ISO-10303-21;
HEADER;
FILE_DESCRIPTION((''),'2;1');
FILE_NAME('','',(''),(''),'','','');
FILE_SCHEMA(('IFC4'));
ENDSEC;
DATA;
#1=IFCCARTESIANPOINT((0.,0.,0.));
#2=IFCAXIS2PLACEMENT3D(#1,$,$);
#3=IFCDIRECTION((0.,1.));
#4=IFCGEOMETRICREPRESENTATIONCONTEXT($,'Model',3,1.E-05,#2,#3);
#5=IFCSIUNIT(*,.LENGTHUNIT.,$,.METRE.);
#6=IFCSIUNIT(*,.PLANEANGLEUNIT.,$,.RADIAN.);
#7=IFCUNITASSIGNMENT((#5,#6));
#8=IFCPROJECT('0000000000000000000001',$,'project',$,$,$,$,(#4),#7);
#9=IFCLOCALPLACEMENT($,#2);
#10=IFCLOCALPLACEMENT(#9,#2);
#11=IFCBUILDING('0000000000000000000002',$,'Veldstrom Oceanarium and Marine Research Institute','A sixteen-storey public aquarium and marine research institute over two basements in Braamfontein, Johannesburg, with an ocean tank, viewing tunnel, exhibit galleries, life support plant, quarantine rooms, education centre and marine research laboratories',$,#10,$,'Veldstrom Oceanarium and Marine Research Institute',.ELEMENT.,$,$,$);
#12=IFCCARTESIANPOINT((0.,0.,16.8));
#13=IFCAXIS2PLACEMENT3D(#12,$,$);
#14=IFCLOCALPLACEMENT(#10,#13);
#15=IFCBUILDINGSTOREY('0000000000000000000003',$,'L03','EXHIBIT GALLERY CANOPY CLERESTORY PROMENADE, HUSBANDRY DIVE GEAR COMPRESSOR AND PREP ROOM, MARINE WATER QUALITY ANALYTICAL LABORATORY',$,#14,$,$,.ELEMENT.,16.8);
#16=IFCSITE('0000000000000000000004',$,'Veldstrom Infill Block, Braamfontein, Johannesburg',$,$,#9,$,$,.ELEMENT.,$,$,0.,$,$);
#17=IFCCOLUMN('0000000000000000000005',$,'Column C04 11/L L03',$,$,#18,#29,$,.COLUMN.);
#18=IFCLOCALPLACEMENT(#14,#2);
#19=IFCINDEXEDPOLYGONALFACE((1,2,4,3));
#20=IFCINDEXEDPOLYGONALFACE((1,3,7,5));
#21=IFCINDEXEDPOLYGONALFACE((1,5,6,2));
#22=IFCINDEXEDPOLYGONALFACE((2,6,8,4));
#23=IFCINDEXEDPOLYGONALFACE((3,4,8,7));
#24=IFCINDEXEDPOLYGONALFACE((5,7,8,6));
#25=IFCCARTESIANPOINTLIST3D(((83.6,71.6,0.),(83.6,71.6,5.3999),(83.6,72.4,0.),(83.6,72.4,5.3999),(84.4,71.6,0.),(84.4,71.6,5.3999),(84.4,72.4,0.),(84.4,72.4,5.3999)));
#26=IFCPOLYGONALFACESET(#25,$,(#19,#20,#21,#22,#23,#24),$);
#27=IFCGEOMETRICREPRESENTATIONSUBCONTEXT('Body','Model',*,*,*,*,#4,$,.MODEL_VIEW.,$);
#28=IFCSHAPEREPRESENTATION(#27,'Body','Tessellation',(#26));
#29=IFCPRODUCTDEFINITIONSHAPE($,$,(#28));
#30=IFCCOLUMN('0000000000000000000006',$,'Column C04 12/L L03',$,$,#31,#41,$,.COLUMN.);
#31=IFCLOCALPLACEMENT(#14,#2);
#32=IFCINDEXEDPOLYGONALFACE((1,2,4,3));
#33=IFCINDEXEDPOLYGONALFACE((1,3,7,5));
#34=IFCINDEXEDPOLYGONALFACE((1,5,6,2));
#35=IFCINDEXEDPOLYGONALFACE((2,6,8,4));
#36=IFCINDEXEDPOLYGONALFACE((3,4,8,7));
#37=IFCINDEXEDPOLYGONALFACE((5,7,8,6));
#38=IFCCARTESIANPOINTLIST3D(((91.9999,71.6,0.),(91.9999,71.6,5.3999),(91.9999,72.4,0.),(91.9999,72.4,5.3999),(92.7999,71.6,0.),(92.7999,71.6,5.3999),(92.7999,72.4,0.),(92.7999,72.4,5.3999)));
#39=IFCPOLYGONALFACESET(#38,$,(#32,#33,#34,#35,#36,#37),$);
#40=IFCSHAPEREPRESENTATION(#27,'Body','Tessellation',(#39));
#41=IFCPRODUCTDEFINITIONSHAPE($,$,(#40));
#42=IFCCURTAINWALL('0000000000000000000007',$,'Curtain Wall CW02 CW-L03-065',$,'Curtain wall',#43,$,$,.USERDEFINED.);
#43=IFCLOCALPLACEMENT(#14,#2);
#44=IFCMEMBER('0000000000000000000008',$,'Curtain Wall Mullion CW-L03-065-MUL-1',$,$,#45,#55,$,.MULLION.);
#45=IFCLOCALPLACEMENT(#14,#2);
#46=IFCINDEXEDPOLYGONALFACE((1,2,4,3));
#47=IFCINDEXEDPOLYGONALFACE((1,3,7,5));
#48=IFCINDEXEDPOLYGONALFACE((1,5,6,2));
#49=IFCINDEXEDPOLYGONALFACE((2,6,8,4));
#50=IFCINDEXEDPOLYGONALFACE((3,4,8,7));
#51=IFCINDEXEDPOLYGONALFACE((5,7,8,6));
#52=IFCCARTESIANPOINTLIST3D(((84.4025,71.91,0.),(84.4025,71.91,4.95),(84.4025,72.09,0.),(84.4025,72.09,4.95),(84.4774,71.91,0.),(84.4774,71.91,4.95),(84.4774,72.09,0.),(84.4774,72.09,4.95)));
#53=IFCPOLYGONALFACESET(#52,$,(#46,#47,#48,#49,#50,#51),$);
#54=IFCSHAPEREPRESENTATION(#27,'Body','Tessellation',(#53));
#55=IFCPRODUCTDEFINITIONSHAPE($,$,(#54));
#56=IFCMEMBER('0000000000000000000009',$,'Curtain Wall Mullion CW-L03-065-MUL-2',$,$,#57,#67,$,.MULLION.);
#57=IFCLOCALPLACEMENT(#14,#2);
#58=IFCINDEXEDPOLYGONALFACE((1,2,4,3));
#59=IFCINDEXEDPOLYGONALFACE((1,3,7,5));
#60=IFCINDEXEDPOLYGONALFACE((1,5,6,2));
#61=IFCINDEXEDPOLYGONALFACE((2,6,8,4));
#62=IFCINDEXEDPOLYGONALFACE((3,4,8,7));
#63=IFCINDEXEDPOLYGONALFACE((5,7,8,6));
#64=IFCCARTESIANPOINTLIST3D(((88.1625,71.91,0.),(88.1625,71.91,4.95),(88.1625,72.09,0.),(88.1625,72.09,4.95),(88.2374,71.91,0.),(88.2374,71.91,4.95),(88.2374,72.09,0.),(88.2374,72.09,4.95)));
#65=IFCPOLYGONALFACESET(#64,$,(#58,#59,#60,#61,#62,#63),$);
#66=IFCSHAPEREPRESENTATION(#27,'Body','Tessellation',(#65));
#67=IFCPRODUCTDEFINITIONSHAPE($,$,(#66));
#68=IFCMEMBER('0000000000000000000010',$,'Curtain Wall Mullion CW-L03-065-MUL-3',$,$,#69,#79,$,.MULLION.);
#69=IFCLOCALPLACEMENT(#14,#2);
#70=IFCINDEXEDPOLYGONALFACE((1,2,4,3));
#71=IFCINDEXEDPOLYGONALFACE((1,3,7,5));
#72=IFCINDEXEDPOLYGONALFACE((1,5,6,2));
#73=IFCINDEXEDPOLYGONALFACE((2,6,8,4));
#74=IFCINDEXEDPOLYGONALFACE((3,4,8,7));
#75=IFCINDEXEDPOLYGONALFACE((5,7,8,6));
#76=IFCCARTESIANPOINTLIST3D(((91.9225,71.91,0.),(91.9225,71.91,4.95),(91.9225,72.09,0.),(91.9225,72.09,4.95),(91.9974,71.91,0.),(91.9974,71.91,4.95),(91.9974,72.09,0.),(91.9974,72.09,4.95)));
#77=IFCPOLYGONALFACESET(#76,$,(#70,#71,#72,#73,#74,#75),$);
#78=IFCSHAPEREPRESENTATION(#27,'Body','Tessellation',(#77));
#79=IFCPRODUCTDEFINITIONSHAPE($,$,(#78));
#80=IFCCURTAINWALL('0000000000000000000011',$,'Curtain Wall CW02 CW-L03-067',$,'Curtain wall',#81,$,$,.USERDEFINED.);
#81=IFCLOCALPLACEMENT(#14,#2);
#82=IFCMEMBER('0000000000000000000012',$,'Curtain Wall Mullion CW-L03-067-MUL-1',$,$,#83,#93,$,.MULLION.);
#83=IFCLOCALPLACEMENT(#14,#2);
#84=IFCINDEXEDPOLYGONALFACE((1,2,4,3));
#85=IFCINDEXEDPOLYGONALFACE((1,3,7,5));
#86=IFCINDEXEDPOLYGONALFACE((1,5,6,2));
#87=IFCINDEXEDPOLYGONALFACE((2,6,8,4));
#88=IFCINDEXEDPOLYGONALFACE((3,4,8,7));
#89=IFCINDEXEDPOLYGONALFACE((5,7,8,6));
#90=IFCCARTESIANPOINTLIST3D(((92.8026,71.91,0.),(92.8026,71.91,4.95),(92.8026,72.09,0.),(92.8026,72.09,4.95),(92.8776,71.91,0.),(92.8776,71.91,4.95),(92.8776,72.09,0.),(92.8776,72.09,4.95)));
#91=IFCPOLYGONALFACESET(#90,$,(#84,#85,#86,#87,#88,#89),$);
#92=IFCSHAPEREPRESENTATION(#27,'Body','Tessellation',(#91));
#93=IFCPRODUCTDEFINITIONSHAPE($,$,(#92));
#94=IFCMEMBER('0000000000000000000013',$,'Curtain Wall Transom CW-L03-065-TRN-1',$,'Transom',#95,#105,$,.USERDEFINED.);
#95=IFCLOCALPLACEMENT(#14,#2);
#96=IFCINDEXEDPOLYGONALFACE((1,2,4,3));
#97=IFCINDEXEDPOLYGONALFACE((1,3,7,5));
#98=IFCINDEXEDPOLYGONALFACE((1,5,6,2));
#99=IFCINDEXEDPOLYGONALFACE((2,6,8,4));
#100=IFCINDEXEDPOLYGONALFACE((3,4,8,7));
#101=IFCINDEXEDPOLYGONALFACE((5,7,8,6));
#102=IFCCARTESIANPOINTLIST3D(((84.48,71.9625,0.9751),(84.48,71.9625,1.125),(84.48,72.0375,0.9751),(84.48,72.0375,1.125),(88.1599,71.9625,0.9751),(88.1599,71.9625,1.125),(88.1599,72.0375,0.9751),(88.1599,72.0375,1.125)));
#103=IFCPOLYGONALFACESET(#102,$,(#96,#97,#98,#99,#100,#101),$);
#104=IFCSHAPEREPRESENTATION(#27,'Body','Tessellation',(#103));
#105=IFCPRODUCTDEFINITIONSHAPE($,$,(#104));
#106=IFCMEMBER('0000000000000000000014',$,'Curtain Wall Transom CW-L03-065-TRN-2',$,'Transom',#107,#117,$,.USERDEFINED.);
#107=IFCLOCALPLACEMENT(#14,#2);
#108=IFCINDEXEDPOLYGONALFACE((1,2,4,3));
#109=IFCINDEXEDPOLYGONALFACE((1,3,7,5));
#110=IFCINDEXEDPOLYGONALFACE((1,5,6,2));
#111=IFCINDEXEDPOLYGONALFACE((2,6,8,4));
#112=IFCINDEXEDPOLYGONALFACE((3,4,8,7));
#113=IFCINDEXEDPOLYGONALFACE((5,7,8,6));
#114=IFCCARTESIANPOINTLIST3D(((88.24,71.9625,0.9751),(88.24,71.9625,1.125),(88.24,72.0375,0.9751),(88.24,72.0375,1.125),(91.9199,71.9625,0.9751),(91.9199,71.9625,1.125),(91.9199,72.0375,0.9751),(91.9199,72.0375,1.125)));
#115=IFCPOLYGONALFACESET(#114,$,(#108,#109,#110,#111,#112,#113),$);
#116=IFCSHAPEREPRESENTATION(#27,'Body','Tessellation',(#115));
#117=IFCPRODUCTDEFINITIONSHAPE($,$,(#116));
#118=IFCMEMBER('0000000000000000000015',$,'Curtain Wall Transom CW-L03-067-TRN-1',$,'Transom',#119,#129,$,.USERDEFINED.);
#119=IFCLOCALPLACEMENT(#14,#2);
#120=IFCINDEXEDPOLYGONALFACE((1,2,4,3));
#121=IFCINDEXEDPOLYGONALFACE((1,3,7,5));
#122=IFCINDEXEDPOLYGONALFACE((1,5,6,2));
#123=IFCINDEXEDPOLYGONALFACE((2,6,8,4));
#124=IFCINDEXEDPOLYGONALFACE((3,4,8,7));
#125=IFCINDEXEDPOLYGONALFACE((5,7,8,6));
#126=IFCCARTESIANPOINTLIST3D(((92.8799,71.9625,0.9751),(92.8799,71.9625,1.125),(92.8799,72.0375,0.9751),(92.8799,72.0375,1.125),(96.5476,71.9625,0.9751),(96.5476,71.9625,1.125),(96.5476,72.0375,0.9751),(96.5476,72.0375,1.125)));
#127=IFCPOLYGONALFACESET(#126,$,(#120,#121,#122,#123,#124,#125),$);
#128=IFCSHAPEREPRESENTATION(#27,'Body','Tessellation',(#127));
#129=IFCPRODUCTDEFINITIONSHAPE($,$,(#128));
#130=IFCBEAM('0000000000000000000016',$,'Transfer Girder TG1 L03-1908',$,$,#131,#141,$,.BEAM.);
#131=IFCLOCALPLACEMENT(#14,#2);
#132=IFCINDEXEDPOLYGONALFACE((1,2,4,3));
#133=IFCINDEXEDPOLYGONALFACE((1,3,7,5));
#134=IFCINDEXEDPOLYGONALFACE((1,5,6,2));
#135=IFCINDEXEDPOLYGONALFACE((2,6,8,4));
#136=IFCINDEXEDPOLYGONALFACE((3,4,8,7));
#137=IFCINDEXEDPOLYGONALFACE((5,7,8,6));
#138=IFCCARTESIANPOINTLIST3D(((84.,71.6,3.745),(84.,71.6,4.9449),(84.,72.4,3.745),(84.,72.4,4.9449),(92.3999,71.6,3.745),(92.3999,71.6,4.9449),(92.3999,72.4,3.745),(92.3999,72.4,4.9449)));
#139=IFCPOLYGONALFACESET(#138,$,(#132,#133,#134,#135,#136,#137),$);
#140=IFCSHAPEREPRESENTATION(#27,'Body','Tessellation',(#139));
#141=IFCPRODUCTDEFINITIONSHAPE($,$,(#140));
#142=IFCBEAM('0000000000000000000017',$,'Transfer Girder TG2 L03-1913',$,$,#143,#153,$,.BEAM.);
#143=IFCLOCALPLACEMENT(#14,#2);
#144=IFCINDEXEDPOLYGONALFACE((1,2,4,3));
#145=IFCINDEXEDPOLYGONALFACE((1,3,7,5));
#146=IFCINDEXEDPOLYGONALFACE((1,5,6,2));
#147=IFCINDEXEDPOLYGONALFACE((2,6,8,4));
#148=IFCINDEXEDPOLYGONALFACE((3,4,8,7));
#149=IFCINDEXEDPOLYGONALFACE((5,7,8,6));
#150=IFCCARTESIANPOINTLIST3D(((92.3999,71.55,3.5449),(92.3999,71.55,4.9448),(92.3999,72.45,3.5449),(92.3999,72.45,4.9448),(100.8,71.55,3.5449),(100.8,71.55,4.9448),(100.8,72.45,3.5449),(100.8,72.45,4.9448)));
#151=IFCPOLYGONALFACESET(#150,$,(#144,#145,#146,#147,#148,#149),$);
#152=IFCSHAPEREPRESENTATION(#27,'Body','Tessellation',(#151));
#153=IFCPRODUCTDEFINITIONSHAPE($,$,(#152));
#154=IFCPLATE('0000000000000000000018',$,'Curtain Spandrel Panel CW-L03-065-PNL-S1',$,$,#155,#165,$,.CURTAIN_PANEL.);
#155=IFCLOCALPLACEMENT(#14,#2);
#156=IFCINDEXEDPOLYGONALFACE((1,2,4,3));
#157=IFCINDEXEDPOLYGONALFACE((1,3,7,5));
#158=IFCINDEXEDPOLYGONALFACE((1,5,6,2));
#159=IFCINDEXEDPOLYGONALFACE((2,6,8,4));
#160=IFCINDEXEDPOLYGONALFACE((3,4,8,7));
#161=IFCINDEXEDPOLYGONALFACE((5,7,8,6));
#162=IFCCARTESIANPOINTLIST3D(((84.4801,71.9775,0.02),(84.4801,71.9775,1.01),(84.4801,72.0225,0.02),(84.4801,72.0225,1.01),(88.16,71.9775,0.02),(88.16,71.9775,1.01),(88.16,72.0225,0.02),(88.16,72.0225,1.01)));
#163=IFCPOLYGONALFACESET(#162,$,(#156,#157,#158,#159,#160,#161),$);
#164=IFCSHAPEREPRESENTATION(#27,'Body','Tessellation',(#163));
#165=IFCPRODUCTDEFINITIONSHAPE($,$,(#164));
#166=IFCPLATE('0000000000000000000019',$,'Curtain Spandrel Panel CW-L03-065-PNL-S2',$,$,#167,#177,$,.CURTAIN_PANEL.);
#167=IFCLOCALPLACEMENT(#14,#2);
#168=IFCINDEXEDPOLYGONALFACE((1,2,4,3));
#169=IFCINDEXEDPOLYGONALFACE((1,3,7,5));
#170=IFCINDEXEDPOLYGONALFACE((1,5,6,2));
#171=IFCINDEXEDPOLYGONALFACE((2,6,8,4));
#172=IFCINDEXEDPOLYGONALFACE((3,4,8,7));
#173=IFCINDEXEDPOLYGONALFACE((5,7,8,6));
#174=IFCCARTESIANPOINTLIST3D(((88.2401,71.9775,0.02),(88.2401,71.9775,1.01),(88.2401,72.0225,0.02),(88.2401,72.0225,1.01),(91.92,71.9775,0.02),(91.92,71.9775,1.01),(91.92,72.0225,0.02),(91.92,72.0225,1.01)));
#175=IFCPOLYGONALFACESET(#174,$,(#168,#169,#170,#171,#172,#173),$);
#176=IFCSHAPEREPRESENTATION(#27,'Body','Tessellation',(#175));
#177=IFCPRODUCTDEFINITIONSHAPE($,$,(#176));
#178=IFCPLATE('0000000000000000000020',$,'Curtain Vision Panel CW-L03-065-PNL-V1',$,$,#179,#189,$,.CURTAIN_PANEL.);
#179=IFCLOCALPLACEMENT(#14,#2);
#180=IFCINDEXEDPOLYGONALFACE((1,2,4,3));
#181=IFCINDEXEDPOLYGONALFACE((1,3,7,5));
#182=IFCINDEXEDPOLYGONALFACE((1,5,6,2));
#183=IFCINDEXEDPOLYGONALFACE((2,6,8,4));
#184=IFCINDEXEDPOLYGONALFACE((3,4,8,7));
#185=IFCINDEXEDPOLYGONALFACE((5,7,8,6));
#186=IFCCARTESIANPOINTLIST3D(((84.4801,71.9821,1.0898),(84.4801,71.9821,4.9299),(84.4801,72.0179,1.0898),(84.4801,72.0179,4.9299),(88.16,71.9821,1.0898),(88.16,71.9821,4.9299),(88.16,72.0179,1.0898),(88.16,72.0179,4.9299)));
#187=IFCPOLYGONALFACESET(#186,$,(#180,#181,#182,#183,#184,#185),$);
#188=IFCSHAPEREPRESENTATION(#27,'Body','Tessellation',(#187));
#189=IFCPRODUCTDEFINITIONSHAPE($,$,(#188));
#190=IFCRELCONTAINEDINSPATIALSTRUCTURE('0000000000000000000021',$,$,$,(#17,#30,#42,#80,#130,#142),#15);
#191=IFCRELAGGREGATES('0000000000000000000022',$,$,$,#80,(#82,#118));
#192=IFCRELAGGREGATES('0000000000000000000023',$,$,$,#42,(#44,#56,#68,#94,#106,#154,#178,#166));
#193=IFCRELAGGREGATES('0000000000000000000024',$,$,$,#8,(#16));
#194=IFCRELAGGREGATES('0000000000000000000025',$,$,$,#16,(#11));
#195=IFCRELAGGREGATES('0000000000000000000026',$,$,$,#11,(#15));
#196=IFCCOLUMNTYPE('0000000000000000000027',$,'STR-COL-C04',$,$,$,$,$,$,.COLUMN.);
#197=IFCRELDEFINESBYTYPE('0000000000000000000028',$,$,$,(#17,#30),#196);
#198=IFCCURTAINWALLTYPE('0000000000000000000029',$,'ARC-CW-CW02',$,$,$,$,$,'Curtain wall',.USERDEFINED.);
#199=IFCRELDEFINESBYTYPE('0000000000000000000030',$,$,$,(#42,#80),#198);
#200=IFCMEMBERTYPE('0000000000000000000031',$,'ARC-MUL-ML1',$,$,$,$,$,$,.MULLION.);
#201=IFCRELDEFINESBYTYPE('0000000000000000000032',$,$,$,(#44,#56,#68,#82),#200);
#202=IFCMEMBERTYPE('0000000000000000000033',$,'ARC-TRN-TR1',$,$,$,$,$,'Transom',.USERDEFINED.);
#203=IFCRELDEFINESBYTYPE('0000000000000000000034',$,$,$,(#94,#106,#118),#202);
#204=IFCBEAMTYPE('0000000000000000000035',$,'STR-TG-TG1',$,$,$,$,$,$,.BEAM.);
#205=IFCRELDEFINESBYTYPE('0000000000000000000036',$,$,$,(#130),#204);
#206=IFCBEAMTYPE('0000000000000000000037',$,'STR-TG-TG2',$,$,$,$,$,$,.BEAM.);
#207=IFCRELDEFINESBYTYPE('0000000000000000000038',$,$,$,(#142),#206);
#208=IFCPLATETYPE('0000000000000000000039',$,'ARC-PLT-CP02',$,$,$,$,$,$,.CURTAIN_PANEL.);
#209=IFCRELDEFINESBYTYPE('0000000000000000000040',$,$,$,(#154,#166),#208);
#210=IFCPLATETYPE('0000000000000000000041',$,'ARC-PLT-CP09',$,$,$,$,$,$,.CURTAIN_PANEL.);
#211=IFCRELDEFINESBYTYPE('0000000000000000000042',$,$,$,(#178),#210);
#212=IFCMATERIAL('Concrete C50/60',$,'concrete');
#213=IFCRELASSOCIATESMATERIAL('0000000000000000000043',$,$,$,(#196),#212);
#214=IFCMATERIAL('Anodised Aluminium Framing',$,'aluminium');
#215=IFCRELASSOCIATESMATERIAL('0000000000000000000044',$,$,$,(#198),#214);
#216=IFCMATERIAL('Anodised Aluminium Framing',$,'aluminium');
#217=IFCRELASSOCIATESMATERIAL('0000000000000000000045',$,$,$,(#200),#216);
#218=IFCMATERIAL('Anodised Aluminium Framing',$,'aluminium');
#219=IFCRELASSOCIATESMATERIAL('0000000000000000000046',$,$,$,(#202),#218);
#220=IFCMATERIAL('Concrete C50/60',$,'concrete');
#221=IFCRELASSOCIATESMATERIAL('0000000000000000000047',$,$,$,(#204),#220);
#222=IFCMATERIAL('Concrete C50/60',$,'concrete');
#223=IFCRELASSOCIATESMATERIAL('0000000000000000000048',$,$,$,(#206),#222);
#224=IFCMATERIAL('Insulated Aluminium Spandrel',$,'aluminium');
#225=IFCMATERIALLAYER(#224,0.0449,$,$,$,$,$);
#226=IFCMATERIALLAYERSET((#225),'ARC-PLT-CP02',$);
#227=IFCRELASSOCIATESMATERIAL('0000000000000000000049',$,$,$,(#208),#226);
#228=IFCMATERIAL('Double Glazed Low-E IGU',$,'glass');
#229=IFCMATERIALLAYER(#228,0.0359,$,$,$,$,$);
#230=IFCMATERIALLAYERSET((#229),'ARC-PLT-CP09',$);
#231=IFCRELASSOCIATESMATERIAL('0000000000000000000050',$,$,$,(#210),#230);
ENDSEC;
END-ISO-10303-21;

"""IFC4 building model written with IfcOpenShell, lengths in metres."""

from ifc_helpers import new_model, si_unit, direction, frame, origin, origin_2d, place, context, subcontext, project, spatial, rectangle, extrude, material, layer, layer_set, material_profile, profile_set, type_object, element, aggregate, save


model = new_model("IFC4")

# Units and contexts
model_context = context("Model", 3, precision=1e-05, world=origin(), true_north=direction((0.0, 1.0)))
body_context = subcontext(model_context, "Body", "Model", "MODEL_VIEW")
ifc_project = project(units=[si_unit("LENGTHUNIT", "METRE"), si_unit("PLANEANGLEUNIT", "RADIAN")], contexts=[model_context])

# Site, building, storey
site_placement = place(None, origin())
site = spatial("IfcSite", under=ifc_project, at=site_placement, Name="Veldstrom Infill Block, Braamfontein, Johannesburg", CompositionType="ELEMENT", RefElevation=0.0)
building_placement = place(site_placement, origin())
building = spatial("IfcBuilding", under=site, at=building_placement, Name="Veldstrom Oceanarium and Marine Research Institute", Description="A sixteen-storey public aquarium and marine research institute over two basements in Braamfontein, Johannesburg, with an ocean tank, viewing tunnel, exhibit galleries, life support plant, quarantine rooms, education centre and marine research laboratories", LongName="Veldstrom Oceanarium and Marine Research Institute", CompositionType="ELEMENT")
storey_placement = place(building_placement, frame((0.0, 0.0, 16.8)))
storey = spatial("IfcBuildingStorey", under=building, at=storey_placement, Name="L03", Description="EXHIBIT GALLERY CANOPY CLERESTORY PROMENADE, HUSBANDRY DIVE GEAR COMPRESSOR AND PREP ROOM, MARINE WATER QUALITY ANALYTICAL LABORATORY", CompositionType="ELEMENT", Elevation=16.8)

# Columns
ifc_material_1 = material(Name="Concrete C50/60", Category="concrete")
ifc_material_profile_1 = material_profile(ifc_material_1, rectangle(XDim=0.8, YDim=0.8, at=origin_2d()), Name="RC-COL-800x800")
ifc_profile_set_1 = profile_set([ifc_material_profile_1], Name="Concrete C50/60")
column_type = type_object("IfcColumnType", Name="STR-COL-C04", PredefinedType="COLUMN", material=ifc_profile_set_1)
for number, where, z_axis, x_axis, name in (
    (1, (84.0, 72.0, 0.0), (0.0, 0.0, 1.0), (1.0, 0.0, 0.0), "Column C04 11/L L03"),
    (2, (92.3999, 72.0, 0.0), (0.0, 0.0, 1.0), (1.0, 0.0, 0.0), "Column C04 12/L L03"),
):
    element("IfcColumn", number, at=place(storey_placement, frame(where, z_axis=z_axis, x_axis=x_axis)), inside=storey, type_object=column_type, Name=name, PredefinedType="COLUMN", context=body_context, shape_type="SweptSolid", body=[
        extrude(rectangle(XDim=0.8, YDim=0.8, at=origin_2d()), origin(), (0.0, 0.0, 1.0), 5.3999),
    ])

# Curtain wall, members
ifc_material_2 = material(Name="Anodised Aluminium Framing", Category="aluminium")
curtain_wall_type = type_object("IfcCurtainWallType", Name="ARC-CW-CW02", ElementType="Curtain wall", PredefinedType="USERDEFINED", material=ifc_material_2)
curtain_wall_1_placement = place(storey_placement, origin())
curtain_wall_1 = element("IfcCurtainWall", 3, at=curtain_wall_1_placement, inside=storey, type_object=curtain_wall_type, Name="Curtain Wall CW02 CW-L03-065", ObjectType="Curtain wall", PredefinedType="USERDEFINED")
ifc_material_3 = material(Name="Anodised Aluminium Framing", Category="aluminium")
ifc_material_profile_2 = material_profile(ifc_material_3, rectangle(XDim=0.075, YDim=0.1799, at=origin_2d()), Name="ALU-MUL-75x180")
ifc_profile_set_2 = profile_set([ifc_material_profile_2], Name="Anodised Aluminium Framing")
member_type_1 = type_object("IfcMemberType", Name="ARC-MUL-ML1", PredefinedType="MULLION", material=ifc_profile_set_2)
member_1_placement = place(storey_placement, frame((84.4399, 72.0, 0.0), z_axis=(0.0, 0.0, 1.0), x_axis=(1.0, 0.0, 0.0)))
member_1 = element("IfcMember", 4, at=member_1_placement, type_object=member_type_1, Name="Curtain Wall Mullion CW-L03-065-MUL-1", PredefinedType="MULLION", context=body_context, shape_type="SweptSolid", body=[
    extrude(rectangle(XDim=0.075, YDim=0.1799, at=origin_2d()), origin(), (0.0, 0.0, 1.0), 4.95),
])
member_2_placement = place(storey_placement, frame((88.2, 72.0, 0.0), z_axis=(0.0, 0.0, 1.0), x_axis=(1.0, 0.0, 0.0)))
member_2 = element("IfcMember", 5, at=member_2_placement, type_object=member_type_1, Name="Curtain Wall Mullion CW-L03-065-MUL-2", PredefinedType="MULLION", context=body_context, shape_type="SweptSolid", body=[
    extrude(rectangle(XDim=0.075, YDim=0.1799, at=origin_2d()), origin(), (0.0, 0.0, 1.0), 4.95),
])
member_3_placement = place(storey_placement, frame((91.96, 72.0, 0.0), z_axis=(0.0, 0.0, 1.0), x_axis=(1.0, 0.0, 0.0)))
member_3 = element("IfcMember", 6, at=member_3_placement, type_object=member_type_1, Name="Curtain Wall Mullion CW-L03-065-MUL-3", PredefinedType="MULLION", context=body_context, shape_type="SweptSolid", body=[
    extrude(rectangle(XDim=0.075, YDim=0.1799, at=origin_2d()), origin(), (0.0, 0.0, 1.0), 4.95),
])

# Curtain wall, member
curtain_wall_2_placement = place(storey_placement, origin())
curtain_wall_2 = element("IfcCurtainWall", 7, at=curtain_wall_2_placement, inside=storey, type_object=curtain_wall_type, Name="Curtain Wall CW02 CW-L03-067", ObjectType="Curtain wall", PredefinedType="USERDEFINED")
member_4_placement = place(storey_placement, frame((92.8401, 72.0, 0.0), z_axis=(0.0, 0.0, 1.0), x_axis=(1.0, 0.0, 0.0)))
member_4 = element("IfcMember", 8, at=member_4_placement, type_object=member_type_1, Name="Curtain Wall Mullion CW-L03-067-MUL-1", PredefinedType="MULLION", context=body_context, shape_type="SweptSolid", body=[
    extrude(rectangle(XDim=0.075, YDim=0.1799, at=origin_2d()), origin(), (0.0, 0.0, 1.0), 4.95),
])

# Members
ifc_material_4 = material(Name="Anodised Aluminium Framing", Category="aluminium")
ifc_material_profile_3 = material_profile(ifc_material_4, rectangle(XDim=0.075, YDim=0.1499, at=origin_2d()), Name="ALU-TRN-75x150")
ifc_profile_set_3 = profile_set([ifc_material_profile_3], Name="Anodised Aluminium Framing")
member_type_2 = type_object("IfcMemberType", Name="ARC-TRN-TR1", ElementType="Transom", PredefinedType="USERDEFINED", material=ifc_profile_set_3)
member_5_placement = place(storey_placement, frame((84.48, 72.0, 1.05), z_axis=(1.0, 0.0, 0.0), x_axis=(0.0, 1.0, 0.0)))
member_5 = element("IfcMember", 9, at=member_5_placement, type_object=member_type_2, Name="Curtain Wall Transom CW-L03-065-TRN-1", ObjectType="Transom", PredefinedType="USERDEFINED", context=body_context, shape_type="SweptSolid", body=[
    extrude(rectangle(XDim=0.075, YDim=0.1499, at=origin_2d()), origin(), (0.0, 0.0, 1.0), 3.6799),
])
member_6_placement = place(storey_placement, frame((88.24, 72.0, 1.05), z_axis=(1.0, 0.0, 0.0), x_axis=(0.0, 1.0, 0.0)))
member_6 = element("IfcMember", 10, at=member_6_placement, type_object=member_type_2, Name="Curtain Wall Transom CW-L03-065-TRN-2", ObjectType="Transom", PredefinedType="USERDEFINED", context=body_context, shape_type="SweptSolid", body=[
    extrude(rectangle(XDim=0.075, YDim=0.1499, at=origin_2d()), origin(), (0.0, 0.0, 1.0), 3.6799),
])
member_7_placement = place(storey_placement, frame((92.8799, 72.0, 1.05), z_axis=(1.0, 0.0, 0.0), x_axis=(0.0, 1.0, 0.0)))
member_7 = element("IfcMember", 11, at=member_7_placement, type_object=member_type_2, Name="Curtain Wall Transom CW-L03-067-TRN-1", ObjectType="Transom", PredefinedType="USERDEFINED", context=body_context, shape_type="SweptSolid", body=[
    extrude(rectangle(XDim=0.075, YDim=0.1499, at=origin_2d()), origin(), (0.0, 0.0, 1.0), 3.6677),
])
aggregate(curtain_wall_2, [member_4, member_7])

# Beams
ifc_material_5 = material(Name="Concrete C50/60", Category="concrete")
ifc_material_profile_4 = material_profile(ifc_material_5, rectangle(XDim=0.8, YDim=1.2, at=origin_2d()), Name="RC-TG-800x1200")
ifc_profile_set_4 = profile_set([ifc_material_profile_4], Name="Concrete C50/60")
beam_type_1 = type_object("IfcBeamType", Name="STR-TG-TG1", PredefinedType="BEAM", material=ifc_profile_set_4)
beam_1_placement = place(storey_placement, frame((84.0, 72.0, 4.345), z_axis=(1.0, 0.0, 0.0), x_axis=(0.0, 1.0, 0.0)))
element("IfcBeam", 12, at=beam_1_placement, inside=storey, type_object=beam_type_1, Name="Transfer Girder TG1 L03-1908", PredefinedType="BEAM", context=body_context, shape_type="SweptSolid", body=[
    extrude(rectangle(XDim=0.8, YDim=1.2, at=origin_2d()), origin(), (0.0, 0.0, 1.0), 8.3999),
])
ifc_material_6 = material(Name="Concrete C50/60", Category="concrete")
ifc_material_profile_5 = material_profile(ifc_material_6, rectangle(XDim=0.8999, YDim=1.3999, at=origin_2d()), Name="RC-TG-900x1400")
ifc_profile_set_5 = profile_set([ifc_material_profile_5], Name="Concrete C50/60")
beam_type_2 = type_object("IfcBeamType", Name="STR-TG-TG2", PredefinedType="BEAM", material=ifc_profile_set_5)
beam_2_placement = place(storey_placement, frame((92.3999, 72.0, 4.2449), z_axis=(1.0, 0.0, 0.0), x_axis=(0.0, 1.0, 0.0)))
element("IfcBeam", 13, at=beam_2_placement, inside=storey, type_object=beam_type_2, Name="Transfer Girder TG2 L03-1913", PredefinedType="BEAM", context=body_context, shape_type="SweptSolid", body=[
    extrude(rectangle(XDim=0.8999, YDim=1.3999, at=origin_2d()), origin(), (0.0, 0.0, 1.0), 8.4001),
])

# Plates
ifc_material_7 = material(Name="Insulated Aluminium Spandrel", Category="aluminium")
ifc_layer_1 = layer(ifc_material_7, 0.0449)
ifc_layer_set_1 = layer_set([ifc_layer_1], Name="ARC-PLT-CP02")
plate_type_1 = type_object("IfcPlateType", Name="ARC-PLT-CP02", PredefinedType="CURTAIN_PANEL", material=ifc_layer_set_1)
plate_1_placement = place(storey_placement, frame((86.3201, 72.0, 0.02), z_axis=(0.0, 0.0, 1.0), x_axis=(1.0, 0.0, 0.0)))
plate_1 = element("IfcPlate", 14, at=plate_1_placement, type_object=plate_type_1, Name="Curtain Spandrel Panel CW-L03-065-PNL-S1", PredefinedType="CURTAIN_PANEL", context=body_context, shape_type="SweptSolid", body=[
    extrude(rectangle(XDim=3.6799, YDim=0.0449, at=origin_2d()), origin(), (0.0, 0.0, 1.0), 0.99),
])
plate_2_placement = place(storey_placement, frame((90.0801, 72.0, 0.02), z_axis=(0.0, 0.0, 1.0), x_axis=(1.0, 0.0, 0.0)))
plate_2 = element("IfcPlate", 15, at=plate_2_placement, type_object=plate_type_1, Name="Curtain Spandrel Panel CW-L03-065-PNL-S2", PredefinedType="CURTAIN_PANEL", context=body_context, shape_type="SweptSolid", body=[
    extrude(rectangle(XDim=3.6799, YDim=0.0449, at=origin_2d()), origin(), (0.0, 0.0, 1.0), 0.99),
])
ifc_material_8 = material(Name="Double Glazed Low-E IGU", Category="glass")
ifc_layer_2 = layer(ifc_material_8, 0.0359)
ifc_layer_set_2 = layer_set([ifc_layer_2], Name="ARC-PLT-CP09")
plate_type_2 = type_object("IfcPlateType", Name="ARC-PLT-CP09", PredefinedType="CURTAIN_PANEL", material=ifc_layer_set_2)
plate_3_placement = place(storey_placement, frame((86.3201, 72.0, 1.0898), z_axis=(0.0, 0.0, 1.0), x_axis=(1.0, 0.0, 0.0)))
plate_3 = element("IfcPlate", 16, at=plate_3_placement, type_object=plate_type_2, Name="Curtain Vision Panel CW-L03-065-PNL-V1", PredefinedType="CURTAIN_PANEL", context=body_context, shape_type="SweptSolid", body=[
    extrude(rectangle(XDim=3.6799, YDim=0.0359, at=origin_2d()), origin(), (0.0, 0.0, 1.0), 3.8401),
])
aggregate(curtain_wall_1, [member_1, member_2, member_3, member_5, member_6, plate_1, plate_3, plate_2])

save(model, "model.ifc")
